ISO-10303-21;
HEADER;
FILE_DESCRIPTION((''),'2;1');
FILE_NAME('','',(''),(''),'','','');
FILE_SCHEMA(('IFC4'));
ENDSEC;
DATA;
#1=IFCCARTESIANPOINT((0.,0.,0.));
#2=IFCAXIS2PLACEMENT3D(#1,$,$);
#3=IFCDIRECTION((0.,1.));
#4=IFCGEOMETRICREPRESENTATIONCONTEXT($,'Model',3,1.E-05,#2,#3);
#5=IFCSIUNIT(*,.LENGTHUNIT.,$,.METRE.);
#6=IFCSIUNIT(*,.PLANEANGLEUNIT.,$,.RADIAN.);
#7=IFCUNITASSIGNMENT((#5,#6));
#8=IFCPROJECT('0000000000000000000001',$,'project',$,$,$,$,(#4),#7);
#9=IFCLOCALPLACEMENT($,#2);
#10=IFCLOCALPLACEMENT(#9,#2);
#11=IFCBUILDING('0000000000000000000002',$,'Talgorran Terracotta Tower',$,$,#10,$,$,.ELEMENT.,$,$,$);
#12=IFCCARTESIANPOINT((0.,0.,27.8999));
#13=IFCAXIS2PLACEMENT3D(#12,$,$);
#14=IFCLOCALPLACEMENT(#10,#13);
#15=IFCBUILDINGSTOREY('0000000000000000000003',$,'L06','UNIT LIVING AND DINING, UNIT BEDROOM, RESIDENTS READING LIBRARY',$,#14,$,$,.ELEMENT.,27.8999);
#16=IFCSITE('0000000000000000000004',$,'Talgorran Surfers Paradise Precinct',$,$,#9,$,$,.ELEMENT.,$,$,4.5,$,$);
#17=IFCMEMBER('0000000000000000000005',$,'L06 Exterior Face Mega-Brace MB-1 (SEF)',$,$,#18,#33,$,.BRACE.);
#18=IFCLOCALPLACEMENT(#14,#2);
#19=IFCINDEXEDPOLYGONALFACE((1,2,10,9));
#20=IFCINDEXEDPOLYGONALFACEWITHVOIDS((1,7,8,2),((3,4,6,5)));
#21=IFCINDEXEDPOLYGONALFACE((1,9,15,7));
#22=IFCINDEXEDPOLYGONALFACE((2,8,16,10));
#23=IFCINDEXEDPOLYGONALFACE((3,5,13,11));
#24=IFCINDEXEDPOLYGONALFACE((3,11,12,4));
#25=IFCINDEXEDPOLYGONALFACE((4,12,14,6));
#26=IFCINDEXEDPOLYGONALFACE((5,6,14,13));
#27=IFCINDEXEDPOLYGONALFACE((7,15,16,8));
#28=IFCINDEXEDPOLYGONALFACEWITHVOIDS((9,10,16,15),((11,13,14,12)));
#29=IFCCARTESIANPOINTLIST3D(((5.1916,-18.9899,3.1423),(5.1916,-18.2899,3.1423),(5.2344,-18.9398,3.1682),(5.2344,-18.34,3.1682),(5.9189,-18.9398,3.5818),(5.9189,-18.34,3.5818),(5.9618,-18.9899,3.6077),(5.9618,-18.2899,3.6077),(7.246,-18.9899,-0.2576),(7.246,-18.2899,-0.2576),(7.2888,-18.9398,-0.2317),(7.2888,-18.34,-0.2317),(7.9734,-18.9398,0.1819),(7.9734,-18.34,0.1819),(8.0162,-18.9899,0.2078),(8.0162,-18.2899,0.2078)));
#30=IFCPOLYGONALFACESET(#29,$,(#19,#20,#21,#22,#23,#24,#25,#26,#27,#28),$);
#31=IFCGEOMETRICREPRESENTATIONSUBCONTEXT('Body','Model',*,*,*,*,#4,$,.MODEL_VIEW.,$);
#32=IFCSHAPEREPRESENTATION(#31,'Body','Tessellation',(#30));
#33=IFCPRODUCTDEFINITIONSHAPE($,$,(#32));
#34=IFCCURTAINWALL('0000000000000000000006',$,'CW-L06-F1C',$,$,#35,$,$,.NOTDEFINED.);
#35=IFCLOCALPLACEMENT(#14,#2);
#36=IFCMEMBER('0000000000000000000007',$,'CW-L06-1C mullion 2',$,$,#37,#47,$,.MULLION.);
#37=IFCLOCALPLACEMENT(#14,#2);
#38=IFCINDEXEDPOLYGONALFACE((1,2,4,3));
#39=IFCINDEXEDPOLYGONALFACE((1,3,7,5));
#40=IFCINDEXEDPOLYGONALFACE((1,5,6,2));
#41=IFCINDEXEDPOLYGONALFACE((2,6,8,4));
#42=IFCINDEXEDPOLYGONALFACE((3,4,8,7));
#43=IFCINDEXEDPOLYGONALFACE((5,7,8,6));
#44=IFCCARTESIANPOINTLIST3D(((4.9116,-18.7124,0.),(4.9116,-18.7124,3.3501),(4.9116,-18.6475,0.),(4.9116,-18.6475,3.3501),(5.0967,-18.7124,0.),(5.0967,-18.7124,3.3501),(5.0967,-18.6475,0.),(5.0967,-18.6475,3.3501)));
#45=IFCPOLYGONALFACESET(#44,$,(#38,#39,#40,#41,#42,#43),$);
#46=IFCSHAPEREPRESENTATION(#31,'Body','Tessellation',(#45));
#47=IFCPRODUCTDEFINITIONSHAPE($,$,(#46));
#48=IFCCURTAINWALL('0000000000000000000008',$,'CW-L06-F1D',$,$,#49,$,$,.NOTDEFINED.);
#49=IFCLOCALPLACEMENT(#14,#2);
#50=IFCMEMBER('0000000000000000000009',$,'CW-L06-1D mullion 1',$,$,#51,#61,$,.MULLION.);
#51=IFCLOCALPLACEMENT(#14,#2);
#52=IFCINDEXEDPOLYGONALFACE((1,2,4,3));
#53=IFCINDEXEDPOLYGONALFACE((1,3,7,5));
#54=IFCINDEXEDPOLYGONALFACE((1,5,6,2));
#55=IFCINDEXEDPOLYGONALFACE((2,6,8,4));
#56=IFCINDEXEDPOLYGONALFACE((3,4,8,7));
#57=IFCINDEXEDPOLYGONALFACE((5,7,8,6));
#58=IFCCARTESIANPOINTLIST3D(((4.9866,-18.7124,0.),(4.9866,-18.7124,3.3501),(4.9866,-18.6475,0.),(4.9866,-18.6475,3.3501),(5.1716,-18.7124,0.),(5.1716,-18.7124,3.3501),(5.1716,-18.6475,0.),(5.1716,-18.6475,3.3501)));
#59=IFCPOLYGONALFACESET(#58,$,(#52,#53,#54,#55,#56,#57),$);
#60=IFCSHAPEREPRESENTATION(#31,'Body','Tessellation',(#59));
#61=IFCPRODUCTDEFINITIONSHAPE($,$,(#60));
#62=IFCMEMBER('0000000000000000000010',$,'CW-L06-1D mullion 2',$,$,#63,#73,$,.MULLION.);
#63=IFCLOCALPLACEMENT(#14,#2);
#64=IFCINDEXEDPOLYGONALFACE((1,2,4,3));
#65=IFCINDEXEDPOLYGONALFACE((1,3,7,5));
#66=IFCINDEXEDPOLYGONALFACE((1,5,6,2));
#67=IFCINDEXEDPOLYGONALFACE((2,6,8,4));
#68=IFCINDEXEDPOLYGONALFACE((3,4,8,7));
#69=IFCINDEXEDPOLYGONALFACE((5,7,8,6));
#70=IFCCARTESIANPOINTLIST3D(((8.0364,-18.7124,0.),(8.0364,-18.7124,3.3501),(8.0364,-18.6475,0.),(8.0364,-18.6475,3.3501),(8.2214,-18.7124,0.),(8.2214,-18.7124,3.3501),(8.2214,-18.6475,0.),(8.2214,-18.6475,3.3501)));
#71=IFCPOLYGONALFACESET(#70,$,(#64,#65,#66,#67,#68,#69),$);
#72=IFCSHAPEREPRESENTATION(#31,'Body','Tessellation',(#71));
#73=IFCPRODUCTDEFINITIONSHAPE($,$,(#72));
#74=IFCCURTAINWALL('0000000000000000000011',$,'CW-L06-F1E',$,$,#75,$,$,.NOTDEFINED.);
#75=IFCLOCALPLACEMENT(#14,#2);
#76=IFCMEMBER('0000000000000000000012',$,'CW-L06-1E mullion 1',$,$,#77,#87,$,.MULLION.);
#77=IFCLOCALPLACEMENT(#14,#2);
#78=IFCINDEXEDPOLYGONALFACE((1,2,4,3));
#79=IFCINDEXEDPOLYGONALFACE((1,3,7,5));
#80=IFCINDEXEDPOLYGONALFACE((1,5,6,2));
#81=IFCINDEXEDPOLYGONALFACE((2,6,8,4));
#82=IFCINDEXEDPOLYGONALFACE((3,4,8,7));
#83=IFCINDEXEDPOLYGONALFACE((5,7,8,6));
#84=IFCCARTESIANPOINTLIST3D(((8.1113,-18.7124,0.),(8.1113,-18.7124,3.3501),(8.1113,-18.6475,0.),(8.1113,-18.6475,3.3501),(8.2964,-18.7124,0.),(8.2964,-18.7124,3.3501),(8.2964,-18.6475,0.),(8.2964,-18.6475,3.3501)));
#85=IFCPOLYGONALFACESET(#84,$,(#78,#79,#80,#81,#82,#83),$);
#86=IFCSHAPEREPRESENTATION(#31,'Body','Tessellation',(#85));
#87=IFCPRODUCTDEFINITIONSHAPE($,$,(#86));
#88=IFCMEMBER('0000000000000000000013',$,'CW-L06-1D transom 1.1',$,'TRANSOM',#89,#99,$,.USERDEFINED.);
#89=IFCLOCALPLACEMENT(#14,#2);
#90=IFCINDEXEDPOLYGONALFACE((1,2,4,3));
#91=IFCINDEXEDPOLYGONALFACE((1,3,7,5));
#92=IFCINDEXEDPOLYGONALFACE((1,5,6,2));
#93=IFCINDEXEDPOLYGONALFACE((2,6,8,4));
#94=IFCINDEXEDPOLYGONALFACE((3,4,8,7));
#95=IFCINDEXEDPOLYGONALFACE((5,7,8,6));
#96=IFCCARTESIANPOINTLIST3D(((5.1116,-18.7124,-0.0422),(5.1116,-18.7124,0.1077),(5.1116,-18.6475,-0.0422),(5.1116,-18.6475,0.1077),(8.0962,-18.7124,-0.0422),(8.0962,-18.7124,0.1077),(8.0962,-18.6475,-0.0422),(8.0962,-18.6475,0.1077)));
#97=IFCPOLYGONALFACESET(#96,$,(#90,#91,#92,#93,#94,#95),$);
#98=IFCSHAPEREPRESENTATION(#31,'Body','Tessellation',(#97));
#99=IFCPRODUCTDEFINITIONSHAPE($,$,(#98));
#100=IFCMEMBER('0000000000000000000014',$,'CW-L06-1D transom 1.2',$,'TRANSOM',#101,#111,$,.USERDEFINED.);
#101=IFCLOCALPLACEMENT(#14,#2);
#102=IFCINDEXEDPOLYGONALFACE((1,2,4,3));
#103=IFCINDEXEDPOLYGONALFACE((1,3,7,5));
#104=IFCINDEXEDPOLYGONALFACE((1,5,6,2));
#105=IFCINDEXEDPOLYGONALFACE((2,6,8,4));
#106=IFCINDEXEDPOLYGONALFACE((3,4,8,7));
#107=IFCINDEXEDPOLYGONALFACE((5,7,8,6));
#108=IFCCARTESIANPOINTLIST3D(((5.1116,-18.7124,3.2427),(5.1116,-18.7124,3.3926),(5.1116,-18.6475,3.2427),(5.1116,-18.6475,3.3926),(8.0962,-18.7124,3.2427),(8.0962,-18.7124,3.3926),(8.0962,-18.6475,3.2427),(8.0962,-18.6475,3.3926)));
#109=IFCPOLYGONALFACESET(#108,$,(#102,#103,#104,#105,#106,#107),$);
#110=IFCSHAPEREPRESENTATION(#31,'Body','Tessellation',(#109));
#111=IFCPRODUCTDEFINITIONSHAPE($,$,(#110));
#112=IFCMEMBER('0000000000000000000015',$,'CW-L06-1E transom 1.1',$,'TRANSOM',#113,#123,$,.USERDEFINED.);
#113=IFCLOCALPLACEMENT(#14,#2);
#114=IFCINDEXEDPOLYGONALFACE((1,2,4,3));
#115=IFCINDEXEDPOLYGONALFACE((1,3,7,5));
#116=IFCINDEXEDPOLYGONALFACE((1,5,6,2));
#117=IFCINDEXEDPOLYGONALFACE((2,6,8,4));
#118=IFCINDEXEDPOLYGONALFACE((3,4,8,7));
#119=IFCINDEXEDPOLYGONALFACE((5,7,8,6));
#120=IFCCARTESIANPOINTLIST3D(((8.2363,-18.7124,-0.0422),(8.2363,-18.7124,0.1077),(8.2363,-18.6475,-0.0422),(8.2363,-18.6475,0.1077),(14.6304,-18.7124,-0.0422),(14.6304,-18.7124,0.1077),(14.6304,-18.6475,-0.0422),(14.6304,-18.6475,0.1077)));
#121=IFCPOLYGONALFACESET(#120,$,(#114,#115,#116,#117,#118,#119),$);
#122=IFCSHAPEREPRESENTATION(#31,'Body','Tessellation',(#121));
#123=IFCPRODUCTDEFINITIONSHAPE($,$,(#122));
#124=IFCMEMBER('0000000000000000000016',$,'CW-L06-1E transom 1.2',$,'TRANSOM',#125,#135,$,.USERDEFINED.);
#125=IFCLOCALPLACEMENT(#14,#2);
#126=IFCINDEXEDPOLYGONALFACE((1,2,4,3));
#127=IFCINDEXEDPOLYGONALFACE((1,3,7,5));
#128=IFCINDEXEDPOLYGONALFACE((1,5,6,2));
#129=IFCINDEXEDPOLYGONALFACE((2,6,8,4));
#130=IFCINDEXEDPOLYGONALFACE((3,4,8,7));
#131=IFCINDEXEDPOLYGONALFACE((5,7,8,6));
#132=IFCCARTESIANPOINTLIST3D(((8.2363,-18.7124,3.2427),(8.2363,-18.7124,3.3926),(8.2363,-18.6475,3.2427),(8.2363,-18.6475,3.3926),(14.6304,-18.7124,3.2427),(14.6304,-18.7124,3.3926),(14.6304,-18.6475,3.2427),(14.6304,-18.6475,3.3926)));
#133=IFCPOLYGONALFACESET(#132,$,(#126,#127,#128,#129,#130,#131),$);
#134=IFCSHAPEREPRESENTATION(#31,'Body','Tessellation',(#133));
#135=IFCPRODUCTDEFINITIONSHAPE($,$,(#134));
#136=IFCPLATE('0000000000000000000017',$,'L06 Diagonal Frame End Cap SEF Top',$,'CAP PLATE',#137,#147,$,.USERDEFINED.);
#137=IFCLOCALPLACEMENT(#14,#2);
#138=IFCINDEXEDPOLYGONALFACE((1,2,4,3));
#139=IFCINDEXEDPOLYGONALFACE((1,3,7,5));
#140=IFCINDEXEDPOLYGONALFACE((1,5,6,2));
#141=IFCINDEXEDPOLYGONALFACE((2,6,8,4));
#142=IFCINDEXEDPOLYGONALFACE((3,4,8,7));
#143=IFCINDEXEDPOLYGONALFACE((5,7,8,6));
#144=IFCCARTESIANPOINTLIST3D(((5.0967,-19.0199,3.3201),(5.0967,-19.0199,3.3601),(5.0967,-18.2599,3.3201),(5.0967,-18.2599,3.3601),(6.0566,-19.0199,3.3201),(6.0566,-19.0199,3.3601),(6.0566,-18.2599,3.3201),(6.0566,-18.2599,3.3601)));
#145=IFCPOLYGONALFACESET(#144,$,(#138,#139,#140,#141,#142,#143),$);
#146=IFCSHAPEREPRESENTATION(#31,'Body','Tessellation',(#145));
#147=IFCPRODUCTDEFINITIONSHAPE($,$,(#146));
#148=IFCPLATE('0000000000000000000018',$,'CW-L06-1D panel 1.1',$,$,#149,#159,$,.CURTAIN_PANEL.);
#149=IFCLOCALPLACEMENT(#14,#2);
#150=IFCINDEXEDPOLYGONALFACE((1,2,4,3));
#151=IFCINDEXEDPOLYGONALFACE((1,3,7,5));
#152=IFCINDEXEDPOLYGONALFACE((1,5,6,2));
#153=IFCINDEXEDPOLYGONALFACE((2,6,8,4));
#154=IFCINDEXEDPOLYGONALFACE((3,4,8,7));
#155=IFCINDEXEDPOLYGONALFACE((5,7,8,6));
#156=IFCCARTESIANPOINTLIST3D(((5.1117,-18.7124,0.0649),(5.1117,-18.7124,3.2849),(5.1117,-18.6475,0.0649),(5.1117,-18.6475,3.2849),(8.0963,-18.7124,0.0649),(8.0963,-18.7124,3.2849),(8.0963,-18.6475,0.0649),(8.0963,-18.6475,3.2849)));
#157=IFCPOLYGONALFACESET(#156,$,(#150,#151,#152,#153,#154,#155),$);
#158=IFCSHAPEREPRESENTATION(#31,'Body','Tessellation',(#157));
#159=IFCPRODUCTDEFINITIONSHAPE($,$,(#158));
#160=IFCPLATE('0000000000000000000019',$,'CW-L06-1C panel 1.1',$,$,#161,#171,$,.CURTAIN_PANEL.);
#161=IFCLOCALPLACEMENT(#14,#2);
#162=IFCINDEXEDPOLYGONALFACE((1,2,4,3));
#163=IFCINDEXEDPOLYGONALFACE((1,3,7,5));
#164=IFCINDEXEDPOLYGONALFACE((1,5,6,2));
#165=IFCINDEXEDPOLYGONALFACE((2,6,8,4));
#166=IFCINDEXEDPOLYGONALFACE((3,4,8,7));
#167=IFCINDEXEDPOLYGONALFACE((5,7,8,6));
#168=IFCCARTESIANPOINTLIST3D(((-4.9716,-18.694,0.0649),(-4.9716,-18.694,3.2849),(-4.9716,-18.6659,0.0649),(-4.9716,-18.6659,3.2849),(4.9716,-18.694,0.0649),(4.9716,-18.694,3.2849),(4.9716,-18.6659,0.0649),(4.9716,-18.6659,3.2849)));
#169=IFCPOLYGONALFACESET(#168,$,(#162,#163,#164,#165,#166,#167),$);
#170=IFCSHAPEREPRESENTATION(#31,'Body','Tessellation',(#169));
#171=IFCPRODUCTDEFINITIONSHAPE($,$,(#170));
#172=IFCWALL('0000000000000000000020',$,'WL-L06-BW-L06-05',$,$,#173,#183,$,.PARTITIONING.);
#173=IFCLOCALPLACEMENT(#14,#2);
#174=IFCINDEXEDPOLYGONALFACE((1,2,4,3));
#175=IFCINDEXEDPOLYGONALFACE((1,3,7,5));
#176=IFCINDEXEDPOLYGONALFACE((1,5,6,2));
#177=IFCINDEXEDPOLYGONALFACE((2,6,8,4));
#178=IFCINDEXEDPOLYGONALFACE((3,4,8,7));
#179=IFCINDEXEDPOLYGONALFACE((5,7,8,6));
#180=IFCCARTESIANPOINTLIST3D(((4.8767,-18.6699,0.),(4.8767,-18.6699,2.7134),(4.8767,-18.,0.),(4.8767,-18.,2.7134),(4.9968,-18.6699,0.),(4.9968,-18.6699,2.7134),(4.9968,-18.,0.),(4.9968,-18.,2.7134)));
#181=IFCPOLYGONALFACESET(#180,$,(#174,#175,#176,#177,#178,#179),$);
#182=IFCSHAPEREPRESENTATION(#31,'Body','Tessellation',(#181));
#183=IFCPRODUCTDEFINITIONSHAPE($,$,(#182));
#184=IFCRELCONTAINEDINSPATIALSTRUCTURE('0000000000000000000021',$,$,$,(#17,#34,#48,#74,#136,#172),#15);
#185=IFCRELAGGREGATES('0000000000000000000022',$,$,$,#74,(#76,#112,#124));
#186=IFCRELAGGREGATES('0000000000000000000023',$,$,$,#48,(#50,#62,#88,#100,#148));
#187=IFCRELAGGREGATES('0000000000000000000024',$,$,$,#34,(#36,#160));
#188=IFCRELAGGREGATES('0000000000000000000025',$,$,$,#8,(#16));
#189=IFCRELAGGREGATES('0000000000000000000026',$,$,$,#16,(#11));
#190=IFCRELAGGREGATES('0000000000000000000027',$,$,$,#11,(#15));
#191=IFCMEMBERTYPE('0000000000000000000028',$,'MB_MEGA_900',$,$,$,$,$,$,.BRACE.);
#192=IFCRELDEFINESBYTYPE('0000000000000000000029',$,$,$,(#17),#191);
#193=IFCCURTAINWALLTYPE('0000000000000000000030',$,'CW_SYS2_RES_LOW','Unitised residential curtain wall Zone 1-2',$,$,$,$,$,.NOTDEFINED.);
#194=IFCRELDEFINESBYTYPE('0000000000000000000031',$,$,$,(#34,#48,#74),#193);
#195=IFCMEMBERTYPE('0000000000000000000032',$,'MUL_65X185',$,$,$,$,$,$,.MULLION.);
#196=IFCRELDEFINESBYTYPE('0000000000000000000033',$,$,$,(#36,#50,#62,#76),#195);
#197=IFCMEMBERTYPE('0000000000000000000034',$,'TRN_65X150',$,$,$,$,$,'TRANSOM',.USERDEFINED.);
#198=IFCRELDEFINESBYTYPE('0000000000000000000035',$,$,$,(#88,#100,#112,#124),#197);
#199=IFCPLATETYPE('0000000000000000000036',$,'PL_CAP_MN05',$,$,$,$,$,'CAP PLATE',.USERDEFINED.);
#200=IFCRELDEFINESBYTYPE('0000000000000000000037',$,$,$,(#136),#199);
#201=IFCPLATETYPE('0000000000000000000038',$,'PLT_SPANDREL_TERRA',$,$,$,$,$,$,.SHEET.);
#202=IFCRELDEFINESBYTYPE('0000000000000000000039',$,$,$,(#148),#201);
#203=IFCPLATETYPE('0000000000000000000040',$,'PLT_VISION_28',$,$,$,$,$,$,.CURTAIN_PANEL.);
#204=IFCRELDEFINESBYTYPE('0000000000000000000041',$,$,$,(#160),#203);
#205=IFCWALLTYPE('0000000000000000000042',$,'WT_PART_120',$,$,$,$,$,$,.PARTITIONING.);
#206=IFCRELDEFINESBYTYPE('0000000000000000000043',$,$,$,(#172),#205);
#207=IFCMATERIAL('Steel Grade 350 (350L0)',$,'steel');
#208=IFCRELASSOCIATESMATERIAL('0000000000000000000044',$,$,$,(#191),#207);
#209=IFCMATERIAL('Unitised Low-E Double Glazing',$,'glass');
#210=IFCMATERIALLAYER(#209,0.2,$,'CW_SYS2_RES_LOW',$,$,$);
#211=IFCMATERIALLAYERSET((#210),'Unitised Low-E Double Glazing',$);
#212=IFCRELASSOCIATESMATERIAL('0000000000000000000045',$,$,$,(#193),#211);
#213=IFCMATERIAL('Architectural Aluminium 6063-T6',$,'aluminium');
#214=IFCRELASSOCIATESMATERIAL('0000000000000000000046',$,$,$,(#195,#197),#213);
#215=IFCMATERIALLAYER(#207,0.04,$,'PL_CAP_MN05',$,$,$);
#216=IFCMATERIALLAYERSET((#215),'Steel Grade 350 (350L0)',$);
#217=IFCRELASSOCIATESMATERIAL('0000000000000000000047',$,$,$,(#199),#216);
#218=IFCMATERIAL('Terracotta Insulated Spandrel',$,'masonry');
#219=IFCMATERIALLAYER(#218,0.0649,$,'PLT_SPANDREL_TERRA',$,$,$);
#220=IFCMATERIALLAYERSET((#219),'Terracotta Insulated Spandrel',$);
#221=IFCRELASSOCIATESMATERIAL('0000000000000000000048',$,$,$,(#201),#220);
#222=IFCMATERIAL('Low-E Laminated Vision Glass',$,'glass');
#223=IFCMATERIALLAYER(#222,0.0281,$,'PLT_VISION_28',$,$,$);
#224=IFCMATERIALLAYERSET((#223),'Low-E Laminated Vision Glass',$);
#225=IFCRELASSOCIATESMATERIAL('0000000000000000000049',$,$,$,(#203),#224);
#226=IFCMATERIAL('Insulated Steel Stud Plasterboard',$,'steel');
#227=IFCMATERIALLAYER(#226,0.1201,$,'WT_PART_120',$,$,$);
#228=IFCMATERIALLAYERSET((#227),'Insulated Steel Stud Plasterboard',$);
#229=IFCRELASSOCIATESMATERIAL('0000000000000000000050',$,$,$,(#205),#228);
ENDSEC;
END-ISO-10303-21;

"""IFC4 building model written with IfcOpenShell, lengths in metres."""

from ifc_helpers import new_model, si_unit, direction, frame, frame_2d, origin, origin_2d, place, context, subcontext, project, spatial, rectangle, hollow_rectangle, extrude, source, transform, mapped, material, layer, layer_set, material_profile, profile_set, type_object, type_shapes, element, aggregate, save


model = new_model("IFC4")

# Units and contexts
model_context = context("Model", 3, precision=1e-05, world=origin(), true_north=direction((0.0, 1.0)))
body_context = subcontext(model_context, "Body", "Model", "MODEL_VIEW")
ifc_project = project(units=[si_unit("LENGTHUNIT", "METRE"), si_unit("PLANEANGLEUNIT", "RADIAN")], contexts=[model_context])

# Site, building, storey
site_placement = place(None, origin())
site = spatial("IfcSite", under=ifc_project, at=site_placement, Name="Talgorran Surfers Paradise Precinct", CompositionType="ELEMENT", RefElevation=4.5)
building_placement = place(site_placement, origin())
building = spatial("IfcBuilding", under=site, at=building_placement, Name="Talgorran Terracotta Tower", CompositionType="ELEMENT")
storey_placement = place(building_placement, frame((0.0, 0.0, 27.8999)))
storey = spatial("IfcBuildingStorey", under=building, at=storey_placement, Name="L06", Description="UNIT LIVING AND DINING, UNIT BEDROOM, RESIDENTS READING LIBRARY", CompositionType="ELEMENT", Elevation=27.8999)

# Member
ifc_material_1 = material(Name="Steel Grade 350 (350L0)", Category="steel")
ifc_material_profile_1 = material_profile(ifc_material_1, hollow_rectangle(XDim=0.7, YDim=0.8999, WallThickness=0.05, at=origin_2d()), Name="WBOX900X700X50")
ifc_profile_set_1 = profile_set([ifc_material_profile_1], Name="Steel Grade 350 (350L0)")
member_type_1 = type_object("IfcMemberType", Name="MB_MEGA_900", PredefinedType="BRACE", material=ifc_profile_set_1)
member_1_placement = place(storey_placement, frame((7.6311, -18.6399, -0.0249), z_axis=(-0.517178, 0.0, 0.855878), x_axis=(0.0, -1.0, 0.0)))
element("IfcMember", 1, at=member_1_placement, inside=storey, type_object=member_type_1, Name="L06 Exterior Face Mega-Brace MB-1 (SEF)", PredefinedType="BRACE", context=body_context, shape_type="SweptSolid", body=[
    extrude(hollow_rectangle(XDim=0.7, YDim=0.8999, WallThickness=0.05, at=origin_2d()), origin(), (0.0, 0.0, 1.0), 3.9724),
])

# Curtain wall, member
ifc_material_2 = material(Name="Unitised Low-E Double Glazing", Category="glass")
ifc_layer_1 = layer(ifc_material_2, 0.2, Name="CW_SYS2_RES_LOW")
ifc_layer_set_1 = layer_set([ifc_layer_1], Name="Unitised Low-E Double Glazing")
curtain_wall_type = type_object("IfcCurtainWallType", Name="CW_SYS2_RES_LOW", Description="Unitised residential curtain wall Zone 1-2", PredefinedType="NOTDEFINED", material=ifc_layer_set_1)
curtain_wall_1_placement = place(storey_placement, origin())
curtain_wall_1 = element("IfcCurtainWall", 2, at=curtain_wall_1_placement, inside=storey, type_object=curtain_wall_type, Name="CW-L06-F1C", PredefinedType="NOTDEFINED")
ifc_material_3 = material(Name="Architectural Aluminium 6063-T6", Category="aluminium")
ifc_material_profile_2 = material_profile(ifc_material_3, rectangle(XDim=0.0649, YDim=0.1851, at=origin_2d()), Name="CWM65X185")
ifc_profile_set_2 = profile_set([ifc_material_profile_2], Name="Architectural Aluminium 6063-T6")
member_type_2 = type_object("IfcMemberType", Name="MUL_65X185", PredefinedType="MULLION", material=ifc_profile_set_2)
member_2_placement = place(storey_placement, frame((5.0042, -18.6799, 0.0), z_axis=(0.0, 0.0, 1.0), x_axis=(0.0, 1.0, 0.0)))
member_2 = element("IfcMember", 3, at=member_2_placement, type_object=member_type_2, Name="CW-L06-1C mullion 2", PredefinedType="MULLION", context=body_context, shape_type="SweptSolid", body=[
    extrude(rectangle(XDim=0.0649, YDim=0.1851, at=origin_2d()), origin(), (0.0, 0.0, 1.0), 3.3501),
])

# Curtain wall, members
curtain_wall_2_placement = place(storey_placement, origin())
curtain_wall_2 = element("IfcCurtainWall", 4, at=curtain_wall_2_placement, inside=storey, type_object=curtain_wall_type, Name="CW-L06-F1D", PredefinedType="NOTDEFINED")
member_3_placement = place(storey_placement, frame((5.0791, -18.6799, 0.0), z_axis=(0.0, 0.0, 1.0), x_axis=(0.0, 1.0, 0.0)))
member_3 = element("IfcMember", 5, at=member_3_placement, type_object=member_type_2, Name="CW-L06-1D mullion 1", PredefinedType="MULLION", context=body_context, shape_type="SweptSolid", body=[
    extrude(rectangle(XDim=0.0649, YDim=0.1851, at=origin_2d()), origin(), (0.0, 0.0, 1.0), 3.3501),
])
member_4_placement = place(storey_placement, frame((8.1289, -18.6799, 0.0), z_axis=(0.0, 0.0, 1.0), x_axis=(0.0, 1.0, 0.0)))
member_4 = element("IfcMember", 6, at=member_4_placement, type_object=member_type_2, Name="CW-L06-1D mullion 2", PredefinedType="MULLION", context=body_context, shape_type="SweptSolid", body=[
    extrude(rectangle(XDim=0.0649, YDim=0.1851, at=origin_2d()), origin(), (0.0, 0.0, 1.0), 3.3501),
])

# Curtain wall, member
curtain_wall_3_placement = place(storey_placement, origin())
curtain_wall_3 = element("IfcCurtainWall", 7, at=curtain_wall_3_placement, inside=storey, type_object=curtain_wall_type, Name="CW-L06-F1E", PredefinedType="NOTDEFINED")
member_5_placement = place(storey_placement, frame((8.2039, -18.6799, 0.0), z_axis=(0.0, 0.0, 1.0), x_axis=(0.0, 1.0, 0.0)))
member_5 = element("IfcMember", 8, at=member_5_placement, type_object=member_type_2, Name="CW-L06-1E mullion 1", PredefinedType="MULLION", context=body_context, shape_type="SweptSolid", body=[
    extrude(rectangle(XDim=0.0649, YDim=0.1851, at=origin_2d()), origin(), (0.0, 0.0, 1.0), 3.3501),
])

# Members
ifc_material_profile_3 = material_profile(ifc_material_3, rectangle(XDim=0.0649, YDim=0.1499, at=origin_2d()), Name="CWT65X150")
ifc_profile_set_3 = profile_set([ifc_material_profile_3], Name="Architectural Aluminium 6063-T6")
member_type_3 = type_object("IfcMemberType", Name="TRN_65X150", ElementType="TRANSOM", PredefinedType="USERDEFINED", material=ifc_profile_set_3)
member_6_placement = place(storey_placement, frame((5.1116, -18.6799, 0.0327), z_axis=(1.0, 0.0, 0.0), x_axis=(0.0, 1.0, 0.0)))
member_6 = element("IfcMember", 9, at=member_6_placement, type_object=member_type_3, Name="CW-L06-1D transom 1.1", ObjectType="TRANSOM", PredefinedType="USERDEFINED", context=body_context, shape_type="SweptSolid", body=[
    extrude(rectangle(XDim=0.0649, YDim=0.1499, at=origin_2d()), origin(), (0.0, 0.0, 1.0), 2.9846),
])
member_7_placement = place(storey_placement, frame((5.1116, -18.6799, 3.3176), z_axis=(1.0, 0.0, 0.0), x_axis=(0.0, 1.0, 0.0)))
member_7 = element("IfcMember", 10, at=member_7_placement, type_object=member_type_3, Name="CW-L06-1D transom 1.2", ObjectType="TRANSOM", PredefinedType="USERDEFINED", context=body_context, shape_type="SweptSolid", body=[
    extrude(rectangle(XDim=0.0649, YDim=0.1499, at=origin_2d()), origin(), (0.0, 0.0, 1.0), 2.9846),
])
member_8_placement = place(storey_placement, frame((8.2363, -18.6799, 0.0327), z_axis=(1.0, 0.0, 0.0), x_axis=(0.0, 1.0, 0.0)))
member_8 = element("IfcMember", 11, at=member_8_placement, type_object=member_type_3, Name="CW-L06-1E transom 1.1", ObjectType="TRANSOM", PredefinedType="USERDEFINED", context=body_context, shape_type="SweptSolid", body=[
    extrude(rectangle(XDim=0.0649, YDim=0.1499, at=origin_2d()), origin(), (0.0, 0.0, 1.0), 6.394),
])
member_9_placement = place(storey_placement, frame((8.2363, -18.6799, 3.3176), z_axis=(1.0, 0.0, 0.0), x_axis=(0.0, 1.0, 0.0)))
member_9 = element("IfcMember", 12, at=member_9_placement, type_object=member_type_3, Name="CW-L06-1E transom 1.2", ObjectType="TRANSOM", PredefinedType="USERDEFINED", context=body_context, shape_type="SweptSolid", body=[
    extrude(rectangle(XDim=0.0649, YDim=0.1499, at=origin_2d()), origin(), (0.0, 0.0, 1.0), 6.394),
])
aggregate(curtain_wall_3, [member_5, member_8, member_9])

# Plates
ifc_layer_2 = layer(ifc_material_1, 0.04, Name="PL_CAP_MN05")
ifc_layer_set_2 = layer_set([ifc_layer_2], Name="Steel Grade 350 (350L0)")
plate_type_1 = type_object("IfcPlateType", Name="PL_CAP_MN05", ElementType="CAP PLATE", PredefinedType="USERDEFINED", material=ifc_layer_set_2)
plate_1_placement = place(storey_placement, frame((5.5767, -18.6399, 3.3201), z_axis=(0.0, 0.0, 1.0), x_axis=(-1.0, 0.0, 0.0)))
element("IfcPlate", 13, at=plate_1_placement, inside=storey, type_object=plate_type_1, Name="L06 Diagonal Frame End Cap SEF Top", ObjectType="CAP PLATE", PredefinedType="USERDEFINED", context=body_context, shape_type="SweptSolid", body=[
    extrude(rectangle(XDim=0.96, YDim=0.76, at=origin_2d()), origin(), (0.0, 0.0, 1.0), 0.04),
])
ifc_material_4 = material(Name="Terracotta Insulated Spandrel", Category="masonry")
ifc_layer_3 = layer(ifc_material_4, 0.0649, Name="PLT_SPANDREL_TERRA")
ifc_layer_set_3 = layer_set([ifc_layer_3], Name="Terracotta Insulated Spandrel")
plate_type_2 = type_object("IfcPlateType", Name="PLT_SPANDREL_TERRA", PredefinedType="SHEET", material=ifc_layer_set_3)
shared_shape_1 = source(origin(), body_context, "Body", "SweptSolid", [
    extrude(rectangle(XDim=2.9846, YDim=0.0649, at=origin_2d()), origin(), (0.0, 0.0, 1.0), 3.22),
])
type_shapes(plate_type_2, [shared_shape_1])
plate_2_placement = place(storey_placement, frame((6.604, -18.6799, 0.0649), z_axis=(0.0, 0.0, 1.0), x_axis=(1.0, 0.0, 0.0)))
plate_2 = element("IfcPlate", 14, at=plate_2_placement, type_object=plate_type_2, Name="CW-L06-1D panel 1.1", PredefinedType="CURTAIN_PANEL", context=body_context, shape_type="MappedRepresentation", body=[
    mapped(shared_shape_1, transform((0.0, 0.0, 0.0), scale=1.0)),
])
aggregate(curtain_wall_2, [member_3, member_4, member_6, member_7, plate_2])
ifc_material_5 = material(Name="Low-E Laminated Vision Glass", Category="glass")
ifc_layer_4 = layer(ifc_material_5, 0.0281, Name="PLT_VISION_28")
ifc_layer_set_4 = layer_set([ifc_layer_4], Name="Low-E Laminated Vision Glass")
plate_type_3 = type_object("IfcPlateType", Name="PLT_VISION_28", PredefinedType="CURTAIN_PANEL", material=ifc_layer_set_4)
shared_shape_2 = source(origin(), body_context, "Body", "SweptSolid", [
    extrude(rectangle(XDim=9.9431, YDim=0.0281, at=origin_2d()), origin(), (0.0, 0.0, 1.0), 3.22),
])
type_shapes(plate_type_3, [shared_shape_2])
plate_3_placement = place(storey_placement, frame((0.0, -18.6799, 0.0649), z_axis=(0.0, 0.0, 1.0), x_axis=(1.0, 0.0, 0.0)))
plate_3 = element("IfcPlate", 15, at=plate_3_placement, type_object=plate_type_3, Name="CW-L06-1C panel 1.1", PredefinedType="CURTAIN_PANEL", context=body_context, shape_type="MappedRepresentation", body=[
    mapped(shared_shape_2, transform((0.0, 0.0, 0.0), scale=1.0)),
])
aggregate(curtain_wall_1, [member_2, plate_3])

# Wall
ifc_material_6 = material(Name="Insulated Steel Stud Plasterboard", Category="steel")
ifc_layer_5 = layer(ifc_material_6, 0.1201, Name="WT_PART_120")
ifc_layer_set_5 = layer_set([ifc_layer_5], Name="Insulated Steel Stud Plasterboard")
wall_type = type_object("IfcWallType", Name="WT_PART_120", PredefinedType="PARTITIONING", material=ifc_layer_set_5)
wall_placement = place(storey_placement, frame((4.9368, -18.6699, 0.0), z_axis=(0.0, 0.0, 1.0), x_axis=(0.0, 1.0, 0.0)))
element("IfcWall", 16, at=wall_placement, inside=storey, type_object=wall_type, Name="WL-L06-BW-L06-05", PredefinedType="PARTITIONING", context=body_context, shape_type="SweptSolid", body=[
    extrude(rectangle(XDim=0.6699, YDim=0.1201, at=frame_2d((0.335, 0.0))), origin(), (0.0, 0.0, 1.0), 2.7134),
])

save(model, "model.ifc")
